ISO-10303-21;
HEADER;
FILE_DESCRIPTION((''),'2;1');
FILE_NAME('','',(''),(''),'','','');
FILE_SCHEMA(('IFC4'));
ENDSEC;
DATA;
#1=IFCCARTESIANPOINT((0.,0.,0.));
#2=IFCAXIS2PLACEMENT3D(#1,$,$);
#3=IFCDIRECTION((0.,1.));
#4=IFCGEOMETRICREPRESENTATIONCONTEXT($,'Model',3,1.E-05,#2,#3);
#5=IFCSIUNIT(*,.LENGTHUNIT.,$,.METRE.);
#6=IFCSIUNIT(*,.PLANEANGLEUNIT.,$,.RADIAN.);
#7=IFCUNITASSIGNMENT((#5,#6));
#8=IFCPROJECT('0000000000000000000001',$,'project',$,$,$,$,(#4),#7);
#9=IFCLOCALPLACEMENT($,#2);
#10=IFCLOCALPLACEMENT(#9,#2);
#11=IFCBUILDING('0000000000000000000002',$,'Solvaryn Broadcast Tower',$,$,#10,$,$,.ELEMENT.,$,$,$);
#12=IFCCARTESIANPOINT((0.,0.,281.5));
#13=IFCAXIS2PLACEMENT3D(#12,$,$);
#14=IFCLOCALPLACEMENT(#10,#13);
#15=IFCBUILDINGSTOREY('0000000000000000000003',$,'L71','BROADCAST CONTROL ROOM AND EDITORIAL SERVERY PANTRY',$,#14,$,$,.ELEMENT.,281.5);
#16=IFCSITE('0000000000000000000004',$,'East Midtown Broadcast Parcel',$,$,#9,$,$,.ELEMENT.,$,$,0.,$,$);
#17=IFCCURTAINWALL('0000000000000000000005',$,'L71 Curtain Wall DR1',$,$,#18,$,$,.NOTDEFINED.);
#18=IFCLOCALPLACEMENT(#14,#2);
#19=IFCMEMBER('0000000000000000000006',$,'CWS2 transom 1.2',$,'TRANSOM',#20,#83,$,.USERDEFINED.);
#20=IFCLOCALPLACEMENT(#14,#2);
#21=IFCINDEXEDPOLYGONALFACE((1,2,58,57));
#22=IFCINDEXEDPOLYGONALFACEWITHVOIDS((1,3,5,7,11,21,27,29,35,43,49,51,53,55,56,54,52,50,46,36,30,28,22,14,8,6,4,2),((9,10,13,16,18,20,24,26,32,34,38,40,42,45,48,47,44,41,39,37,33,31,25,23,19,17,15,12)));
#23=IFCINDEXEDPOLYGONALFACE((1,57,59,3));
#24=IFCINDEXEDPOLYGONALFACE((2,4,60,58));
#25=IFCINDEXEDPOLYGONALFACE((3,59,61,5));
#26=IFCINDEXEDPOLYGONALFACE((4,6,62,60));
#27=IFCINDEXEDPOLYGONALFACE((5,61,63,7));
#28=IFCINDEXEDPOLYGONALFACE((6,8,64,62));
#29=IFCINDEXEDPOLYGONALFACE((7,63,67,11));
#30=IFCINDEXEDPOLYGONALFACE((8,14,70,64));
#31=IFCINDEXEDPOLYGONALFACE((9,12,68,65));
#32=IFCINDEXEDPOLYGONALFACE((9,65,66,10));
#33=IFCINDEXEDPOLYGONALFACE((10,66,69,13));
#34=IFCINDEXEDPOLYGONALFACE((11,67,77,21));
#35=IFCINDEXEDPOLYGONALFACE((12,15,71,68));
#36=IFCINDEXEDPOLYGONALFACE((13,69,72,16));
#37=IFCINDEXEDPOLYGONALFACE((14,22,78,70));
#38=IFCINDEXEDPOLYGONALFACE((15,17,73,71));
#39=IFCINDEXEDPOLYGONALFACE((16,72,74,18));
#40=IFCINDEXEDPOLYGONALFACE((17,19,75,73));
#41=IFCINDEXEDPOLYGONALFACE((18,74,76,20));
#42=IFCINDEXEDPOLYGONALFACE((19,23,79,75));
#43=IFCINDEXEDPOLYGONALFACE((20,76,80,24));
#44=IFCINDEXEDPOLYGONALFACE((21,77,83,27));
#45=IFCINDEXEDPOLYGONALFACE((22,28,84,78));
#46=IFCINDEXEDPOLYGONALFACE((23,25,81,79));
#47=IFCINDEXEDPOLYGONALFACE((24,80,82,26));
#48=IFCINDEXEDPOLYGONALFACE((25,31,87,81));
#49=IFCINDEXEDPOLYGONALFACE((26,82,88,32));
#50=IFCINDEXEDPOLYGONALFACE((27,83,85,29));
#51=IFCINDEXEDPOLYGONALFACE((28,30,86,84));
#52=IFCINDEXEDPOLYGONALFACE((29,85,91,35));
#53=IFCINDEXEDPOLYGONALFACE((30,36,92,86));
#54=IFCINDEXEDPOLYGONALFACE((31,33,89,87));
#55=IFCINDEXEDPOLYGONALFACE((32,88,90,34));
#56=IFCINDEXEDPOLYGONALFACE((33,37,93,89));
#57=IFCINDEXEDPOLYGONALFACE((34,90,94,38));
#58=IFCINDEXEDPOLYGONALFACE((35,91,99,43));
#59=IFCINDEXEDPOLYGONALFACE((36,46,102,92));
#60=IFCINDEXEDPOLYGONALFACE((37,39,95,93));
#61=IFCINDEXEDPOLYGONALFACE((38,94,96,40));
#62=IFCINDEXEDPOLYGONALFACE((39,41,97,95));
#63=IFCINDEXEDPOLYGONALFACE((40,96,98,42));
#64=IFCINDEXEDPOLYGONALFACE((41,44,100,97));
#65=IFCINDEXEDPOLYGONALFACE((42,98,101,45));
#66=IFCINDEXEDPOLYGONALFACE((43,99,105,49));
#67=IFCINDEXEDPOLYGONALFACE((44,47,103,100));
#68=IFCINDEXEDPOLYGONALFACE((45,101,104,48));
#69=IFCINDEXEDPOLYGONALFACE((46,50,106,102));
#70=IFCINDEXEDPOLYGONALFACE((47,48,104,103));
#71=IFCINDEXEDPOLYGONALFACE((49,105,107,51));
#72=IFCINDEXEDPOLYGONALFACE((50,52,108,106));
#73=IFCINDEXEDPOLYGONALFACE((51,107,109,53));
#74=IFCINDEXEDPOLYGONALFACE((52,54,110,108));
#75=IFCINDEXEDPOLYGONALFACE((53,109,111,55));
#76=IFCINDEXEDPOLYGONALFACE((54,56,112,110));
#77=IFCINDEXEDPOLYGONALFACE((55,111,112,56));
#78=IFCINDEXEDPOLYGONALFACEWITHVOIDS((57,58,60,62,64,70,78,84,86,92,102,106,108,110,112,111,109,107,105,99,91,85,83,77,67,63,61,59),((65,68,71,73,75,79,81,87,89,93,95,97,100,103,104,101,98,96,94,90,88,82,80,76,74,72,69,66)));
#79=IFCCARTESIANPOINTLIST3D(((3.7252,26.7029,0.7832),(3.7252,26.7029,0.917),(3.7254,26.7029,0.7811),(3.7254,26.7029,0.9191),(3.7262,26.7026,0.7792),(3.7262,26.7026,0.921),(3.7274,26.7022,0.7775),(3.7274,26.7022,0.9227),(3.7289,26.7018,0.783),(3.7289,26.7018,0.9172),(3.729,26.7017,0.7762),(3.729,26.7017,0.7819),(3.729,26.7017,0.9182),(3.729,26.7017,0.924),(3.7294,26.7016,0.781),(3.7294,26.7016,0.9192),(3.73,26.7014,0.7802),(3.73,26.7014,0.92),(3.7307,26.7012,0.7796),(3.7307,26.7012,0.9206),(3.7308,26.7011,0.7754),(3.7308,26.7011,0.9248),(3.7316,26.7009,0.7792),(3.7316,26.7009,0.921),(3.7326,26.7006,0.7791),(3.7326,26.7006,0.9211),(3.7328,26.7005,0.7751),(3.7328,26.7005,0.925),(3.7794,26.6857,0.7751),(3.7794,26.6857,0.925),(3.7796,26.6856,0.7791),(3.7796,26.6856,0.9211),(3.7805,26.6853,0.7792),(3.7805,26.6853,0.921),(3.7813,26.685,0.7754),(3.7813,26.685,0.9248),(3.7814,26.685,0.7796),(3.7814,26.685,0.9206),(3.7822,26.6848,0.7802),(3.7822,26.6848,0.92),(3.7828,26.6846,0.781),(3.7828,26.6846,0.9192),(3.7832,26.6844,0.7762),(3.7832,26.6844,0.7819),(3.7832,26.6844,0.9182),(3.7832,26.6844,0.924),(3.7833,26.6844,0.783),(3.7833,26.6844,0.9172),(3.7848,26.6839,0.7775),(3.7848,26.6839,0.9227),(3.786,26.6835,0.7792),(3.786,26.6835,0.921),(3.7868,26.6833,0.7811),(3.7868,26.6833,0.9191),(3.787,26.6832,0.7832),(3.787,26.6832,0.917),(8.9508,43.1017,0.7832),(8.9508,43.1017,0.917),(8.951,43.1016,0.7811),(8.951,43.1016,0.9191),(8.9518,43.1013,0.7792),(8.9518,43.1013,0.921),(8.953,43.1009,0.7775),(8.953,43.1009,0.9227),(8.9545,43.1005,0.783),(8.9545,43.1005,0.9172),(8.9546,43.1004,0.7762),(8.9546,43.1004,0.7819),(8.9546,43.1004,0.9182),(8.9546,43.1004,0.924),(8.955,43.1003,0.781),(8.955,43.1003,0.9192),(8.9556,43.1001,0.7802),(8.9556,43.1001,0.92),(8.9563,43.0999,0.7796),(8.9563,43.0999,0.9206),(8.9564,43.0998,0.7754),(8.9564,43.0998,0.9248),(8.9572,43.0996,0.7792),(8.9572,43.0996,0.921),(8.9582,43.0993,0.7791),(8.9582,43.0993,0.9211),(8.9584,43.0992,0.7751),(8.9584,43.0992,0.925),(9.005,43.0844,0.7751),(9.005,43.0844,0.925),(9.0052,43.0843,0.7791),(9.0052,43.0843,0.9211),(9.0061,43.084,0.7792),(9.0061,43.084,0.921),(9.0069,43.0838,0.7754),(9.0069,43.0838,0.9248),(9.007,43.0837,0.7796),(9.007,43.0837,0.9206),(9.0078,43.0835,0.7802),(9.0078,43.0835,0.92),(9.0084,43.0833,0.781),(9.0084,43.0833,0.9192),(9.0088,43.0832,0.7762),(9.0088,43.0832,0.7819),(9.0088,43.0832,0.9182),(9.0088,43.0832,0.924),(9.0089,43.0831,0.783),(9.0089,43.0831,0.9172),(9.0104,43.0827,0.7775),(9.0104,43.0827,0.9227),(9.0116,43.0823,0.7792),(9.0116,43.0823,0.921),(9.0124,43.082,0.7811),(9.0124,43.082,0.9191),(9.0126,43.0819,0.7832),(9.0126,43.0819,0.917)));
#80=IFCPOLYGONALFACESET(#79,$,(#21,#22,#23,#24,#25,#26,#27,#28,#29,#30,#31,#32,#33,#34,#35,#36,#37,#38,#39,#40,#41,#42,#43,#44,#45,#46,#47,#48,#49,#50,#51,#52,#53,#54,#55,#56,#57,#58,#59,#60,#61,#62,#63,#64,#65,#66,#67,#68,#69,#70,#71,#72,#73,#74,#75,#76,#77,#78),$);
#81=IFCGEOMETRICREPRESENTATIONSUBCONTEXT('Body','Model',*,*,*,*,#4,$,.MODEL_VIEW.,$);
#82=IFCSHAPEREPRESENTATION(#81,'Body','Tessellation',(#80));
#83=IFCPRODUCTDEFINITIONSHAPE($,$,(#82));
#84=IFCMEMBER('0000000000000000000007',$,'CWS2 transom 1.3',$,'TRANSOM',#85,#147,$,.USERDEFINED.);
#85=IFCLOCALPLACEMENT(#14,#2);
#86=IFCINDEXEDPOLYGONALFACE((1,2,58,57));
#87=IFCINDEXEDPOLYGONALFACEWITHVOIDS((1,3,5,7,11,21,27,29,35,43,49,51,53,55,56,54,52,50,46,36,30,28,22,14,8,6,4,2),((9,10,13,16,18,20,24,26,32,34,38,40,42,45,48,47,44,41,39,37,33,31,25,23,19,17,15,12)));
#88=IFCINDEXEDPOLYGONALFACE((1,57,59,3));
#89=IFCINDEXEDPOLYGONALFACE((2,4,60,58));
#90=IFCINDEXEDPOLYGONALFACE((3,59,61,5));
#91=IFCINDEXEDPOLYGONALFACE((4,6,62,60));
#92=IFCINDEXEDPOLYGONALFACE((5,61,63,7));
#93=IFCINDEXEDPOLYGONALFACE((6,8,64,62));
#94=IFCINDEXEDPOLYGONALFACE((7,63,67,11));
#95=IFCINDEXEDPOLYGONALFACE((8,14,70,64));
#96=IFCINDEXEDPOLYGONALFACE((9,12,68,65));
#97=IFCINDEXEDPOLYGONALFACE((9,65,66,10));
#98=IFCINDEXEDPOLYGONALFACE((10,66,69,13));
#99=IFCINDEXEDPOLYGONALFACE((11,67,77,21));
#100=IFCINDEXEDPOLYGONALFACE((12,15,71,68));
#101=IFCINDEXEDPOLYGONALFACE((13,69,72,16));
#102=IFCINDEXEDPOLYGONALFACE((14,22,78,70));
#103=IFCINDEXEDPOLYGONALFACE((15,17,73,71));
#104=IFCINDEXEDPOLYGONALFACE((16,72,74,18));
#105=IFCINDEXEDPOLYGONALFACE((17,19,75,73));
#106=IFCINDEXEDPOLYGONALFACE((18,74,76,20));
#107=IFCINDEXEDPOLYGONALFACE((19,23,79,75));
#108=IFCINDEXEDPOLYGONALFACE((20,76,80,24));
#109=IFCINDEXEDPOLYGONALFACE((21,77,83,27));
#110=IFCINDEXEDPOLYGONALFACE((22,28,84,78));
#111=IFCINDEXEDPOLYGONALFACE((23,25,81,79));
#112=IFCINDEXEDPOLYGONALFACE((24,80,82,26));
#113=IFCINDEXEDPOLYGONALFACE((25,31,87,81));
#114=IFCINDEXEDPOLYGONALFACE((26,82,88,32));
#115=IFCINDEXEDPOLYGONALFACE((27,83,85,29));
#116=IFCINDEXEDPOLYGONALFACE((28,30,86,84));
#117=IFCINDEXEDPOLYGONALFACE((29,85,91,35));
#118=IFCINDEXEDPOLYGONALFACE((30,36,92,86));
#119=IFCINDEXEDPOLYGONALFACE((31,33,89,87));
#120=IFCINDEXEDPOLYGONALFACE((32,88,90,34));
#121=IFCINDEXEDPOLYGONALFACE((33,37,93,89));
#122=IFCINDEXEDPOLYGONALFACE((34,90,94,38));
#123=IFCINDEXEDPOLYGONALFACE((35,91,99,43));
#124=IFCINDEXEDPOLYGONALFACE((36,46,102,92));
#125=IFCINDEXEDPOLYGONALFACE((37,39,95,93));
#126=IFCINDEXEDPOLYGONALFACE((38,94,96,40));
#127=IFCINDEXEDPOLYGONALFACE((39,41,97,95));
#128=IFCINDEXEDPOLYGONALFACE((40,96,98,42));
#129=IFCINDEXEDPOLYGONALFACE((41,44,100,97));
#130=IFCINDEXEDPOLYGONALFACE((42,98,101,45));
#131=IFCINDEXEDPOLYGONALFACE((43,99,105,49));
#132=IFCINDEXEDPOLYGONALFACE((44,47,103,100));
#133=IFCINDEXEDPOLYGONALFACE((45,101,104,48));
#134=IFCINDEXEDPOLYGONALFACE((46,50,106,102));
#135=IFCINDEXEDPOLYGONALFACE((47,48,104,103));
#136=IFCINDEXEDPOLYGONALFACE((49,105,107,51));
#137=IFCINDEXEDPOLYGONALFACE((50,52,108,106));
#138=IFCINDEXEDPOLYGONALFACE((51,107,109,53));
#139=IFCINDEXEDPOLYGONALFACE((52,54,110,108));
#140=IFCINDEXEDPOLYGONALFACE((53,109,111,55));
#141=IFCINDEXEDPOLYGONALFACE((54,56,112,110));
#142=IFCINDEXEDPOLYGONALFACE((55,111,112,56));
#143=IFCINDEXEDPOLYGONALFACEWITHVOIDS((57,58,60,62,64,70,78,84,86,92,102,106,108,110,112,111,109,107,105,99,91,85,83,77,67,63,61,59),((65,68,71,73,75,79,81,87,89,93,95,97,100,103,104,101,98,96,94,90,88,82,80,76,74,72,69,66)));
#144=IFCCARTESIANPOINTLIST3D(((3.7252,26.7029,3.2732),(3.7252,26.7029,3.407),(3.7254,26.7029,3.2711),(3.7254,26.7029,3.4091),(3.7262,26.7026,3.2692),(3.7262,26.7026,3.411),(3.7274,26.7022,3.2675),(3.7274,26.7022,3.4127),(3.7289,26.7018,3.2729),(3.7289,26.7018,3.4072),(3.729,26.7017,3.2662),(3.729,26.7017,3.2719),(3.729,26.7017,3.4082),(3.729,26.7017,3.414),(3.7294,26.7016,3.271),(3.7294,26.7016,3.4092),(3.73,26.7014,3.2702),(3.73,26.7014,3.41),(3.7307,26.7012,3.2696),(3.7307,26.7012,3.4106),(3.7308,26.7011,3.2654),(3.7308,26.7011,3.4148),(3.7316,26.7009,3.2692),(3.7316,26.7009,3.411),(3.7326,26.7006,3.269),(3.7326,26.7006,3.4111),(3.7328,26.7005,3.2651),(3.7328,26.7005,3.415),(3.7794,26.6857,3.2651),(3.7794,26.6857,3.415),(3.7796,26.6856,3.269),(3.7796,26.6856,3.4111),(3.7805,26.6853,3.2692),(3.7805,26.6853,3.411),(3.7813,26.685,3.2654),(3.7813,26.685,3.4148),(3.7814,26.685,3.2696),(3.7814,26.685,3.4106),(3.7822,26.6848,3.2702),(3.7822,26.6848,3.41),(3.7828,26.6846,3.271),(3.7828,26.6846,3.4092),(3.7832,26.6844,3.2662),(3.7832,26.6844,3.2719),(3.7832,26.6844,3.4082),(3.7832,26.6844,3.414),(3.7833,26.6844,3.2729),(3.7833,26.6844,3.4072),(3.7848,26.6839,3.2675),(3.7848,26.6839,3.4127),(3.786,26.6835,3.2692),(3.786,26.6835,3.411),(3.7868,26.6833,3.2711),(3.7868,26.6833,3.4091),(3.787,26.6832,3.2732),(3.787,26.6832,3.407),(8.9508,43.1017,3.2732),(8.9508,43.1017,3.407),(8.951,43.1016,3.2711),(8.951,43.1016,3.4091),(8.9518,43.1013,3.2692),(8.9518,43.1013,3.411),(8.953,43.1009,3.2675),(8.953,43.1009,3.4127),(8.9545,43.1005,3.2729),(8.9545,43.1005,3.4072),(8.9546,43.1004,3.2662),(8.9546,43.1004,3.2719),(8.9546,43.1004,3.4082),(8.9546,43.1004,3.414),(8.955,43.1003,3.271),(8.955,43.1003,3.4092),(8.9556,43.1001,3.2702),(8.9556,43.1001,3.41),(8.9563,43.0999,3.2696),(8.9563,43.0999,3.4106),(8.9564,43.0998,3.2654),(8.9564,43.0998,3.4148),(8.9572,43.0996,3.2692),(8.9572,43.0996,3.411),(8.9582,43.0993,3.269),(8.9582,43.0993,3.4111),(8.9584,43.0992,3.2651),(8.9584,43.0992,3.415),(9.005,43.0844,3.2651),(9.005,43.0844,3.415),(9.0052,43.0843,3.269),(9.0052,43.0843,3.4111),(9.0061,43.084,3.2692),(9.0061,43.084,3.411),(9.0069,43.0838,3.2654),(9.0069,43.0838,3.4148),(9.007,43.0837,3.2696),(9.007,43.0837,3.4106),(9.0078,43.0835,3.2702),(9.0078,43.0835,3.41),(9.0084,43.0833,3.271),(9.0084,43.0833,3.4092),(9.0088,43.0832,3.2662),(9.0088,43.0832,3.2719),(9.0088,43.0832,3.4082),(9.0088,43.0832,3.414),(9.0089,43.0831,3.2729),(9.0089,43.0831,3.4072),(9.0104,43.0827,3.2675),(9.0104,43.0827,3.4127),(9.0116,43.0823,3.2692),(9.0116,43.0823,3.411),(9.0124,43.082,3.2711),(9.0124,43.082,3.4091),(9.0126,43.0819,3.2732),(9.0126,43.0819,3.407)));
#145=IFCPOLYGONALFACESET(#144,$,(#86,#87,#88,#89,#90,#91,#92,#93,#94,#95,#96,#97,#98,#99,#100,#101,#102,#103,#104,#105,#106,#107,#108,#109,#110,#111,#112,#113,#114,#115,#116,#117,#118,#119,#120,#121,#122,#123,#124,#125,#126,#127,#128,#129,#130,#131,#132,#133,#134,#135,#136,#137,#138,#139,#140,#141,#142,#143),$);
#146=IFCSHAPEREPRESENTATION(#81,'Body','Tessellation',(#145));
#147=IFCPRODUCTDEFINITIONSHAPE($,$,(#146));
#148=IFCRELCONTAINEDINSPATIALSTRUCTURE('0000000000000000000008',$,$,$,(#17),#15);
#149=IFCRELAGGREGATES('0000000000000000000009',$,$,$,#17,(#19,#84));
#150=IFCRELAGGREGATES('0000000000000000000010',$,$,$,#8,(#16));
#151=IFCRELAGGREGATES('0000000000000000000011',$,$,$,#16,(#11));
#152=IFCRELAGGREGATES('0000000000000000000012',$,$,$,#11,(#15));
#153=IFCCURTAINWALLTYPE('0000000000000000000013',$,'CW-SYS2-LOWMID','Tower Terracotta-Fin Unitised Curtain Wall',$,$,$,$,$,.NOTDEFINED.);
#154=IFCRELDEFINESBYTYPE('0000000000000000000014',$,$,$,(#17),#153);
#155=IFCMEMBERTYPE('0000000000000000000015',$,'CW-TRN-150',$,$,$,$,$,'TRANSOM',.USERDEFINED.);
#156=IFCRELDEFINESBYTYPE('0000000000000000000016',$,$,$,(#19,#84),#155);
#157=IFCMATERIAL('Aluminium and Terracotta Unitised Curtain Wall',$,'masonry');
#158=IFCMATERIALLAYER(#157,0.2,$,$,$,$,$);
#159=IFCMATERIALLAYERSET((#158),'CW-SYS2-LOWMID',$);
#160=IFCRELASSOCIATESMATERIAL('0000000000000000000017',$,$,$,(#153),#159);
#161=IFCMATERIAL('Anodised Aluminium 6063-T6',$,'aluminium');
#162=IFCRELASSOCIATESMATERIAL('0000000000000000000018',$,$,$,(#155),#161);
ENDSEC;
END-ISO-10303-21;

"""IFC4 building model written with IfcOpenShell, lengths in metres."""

from ifc_helpers import new_model, si_unit, direction, frame, origin, origin_2d, place, context, subcontext, project, spatial, hollow_rectangle, extrude, material, layer, layer_set, material_profile, profile_set, type_object, element, aggregate, save


model = new_model("IFC4")

# Units and contexts
model_context = context("Model", 3, precision=1e-05, world=origin(), true_north=direction((0.0, 1.0)))
body_context = subcontext(model_context, "Body", "Model", "MODEL_VIEW")
ifc_project = project(units=[si_unit("LENGTHUNIT", "METRE"), si_unit("PLANEANGLEUNIT", "RADIAN")], contexts=[model_context])

# Site, building, storey
site_placement = place(None, origin())
site = spatial("IfcSite", under=ifc_project, at=site_placement, Name="East Midtown Broadcast Parcel", CompositionType="ELEMENT", RefElevation=0.0)
building_placement = place(site_placement, origin())
building = spatial("IfcBuilding", under=site, at=building_placement, Name="Solvaryn Broadcast Tower", CompositionType="ELEMENT")
storey_placement = place(building_placement, frame((0.0, 0.0, 281.5)))
storey = spatial("IfcBuildingStorey", under=building, at=storey_placement, Name="L71", Description="BROADCAST CONTROL ROOM AND EDITORIAL SERVERY PANTRY", CompositionType="ELEMENT", Elevation=281.5)

# Curtain wall
ifc_material_1 = material(Name="Aluminium and Terracotta Unitised Curtain Wall", Category="masonry")
ifc_layer_1 = layer(ifc_material_1, 0.2)
ifc_layer_set_1 = layer_set([ifc_layer_1], Name="CW-SYS2-LOWMID")
curtain_wall_type = type_object("IfcCurtainWallType", Name="CW-SYS2-LOWMID", Description="Tower Terracotta-Fin Unitised Curtain Wall", PredefinedType="NOTDEFINED", material=ifc_layer_set_1)
curtain_wall_1_placement = place(storey_placement, origin())
curtain_wall_1 = element("IfcCurtainWall", 1, at=curtain_wall_1_placement, inside=storey, type_object=curtain_wall_type, Name="L71 Curtain Wall DR1", PredefinedType="NOTDEFINED")

# Members
ifc_material_2 = material(Name="Anodised Aluminium 6063-T6", Category="aluminium")
ifc_material_profile_1 = material_profile(ifc_material_2, hollow_rectangle(XDim=0.0649, YDim=0.1499, WallThickness=0.0039, InnerFilletRadius=0.0039, OuterFilletRadius=0.0081, at=origin_2d()))
ifc_profile_set_1 = profile_set([ifc_material_profile_1], Name="Anodised Aluminium 6063-T6")
member_type_1 = type_object("IfcMemberType", Name="CW-TRN-150", ElementType="TRANSOM", PredefinedType="USERDEFINED", material=ifc_profile_set_1)
member_1_placement = place(storey_placement, frame((8.9817, 43.0918, 0.8501), z_axis=(-0.303616, -0.952794, 0.0), x_axis=(0.952794, -0.303616, 0.0)))
member_1 = element("IfcMember", 2, at=member_1_placement, type_object=member_type_1, Name="CWS2 transom 1.2", ObjectType="TRANSOM", PredefinedType="USERDEFINED", context=body_context, shape_type="SweptSolid", body=[
    extrude(hollow_rectangle(XDim=0.0649, YDim=0.1499, WallThickness=0.0039, InnerFilletRadius=0.0039, OuterFilletRadius=0.0081, at=origin_2d()), origin(), (0.0, 0.0, 1.0), 17.2112),
])
member_2_placement = place(storey_placement, frame((8.9817, 43.0918, 3.3401), z_axis=(-0.303616, -0.952794, 0.0), x_axis=(0.952794, -0.303616, 0.0)))
member_2 = element("IfcMember", 3, at=member_2_placement, type_object=member_type_1, Name="CWS2 transom 1.3", ObjectType="TRANSOM", PredefinedType="USERDEFINED", context=body_context, shape_type="SweptSolid", body=[
    extrude(hollow_rectangle(XDim=0.0649, YDim=0.1499, WallThickness=0.0039, InnerFilletRadius=0.0039, OuterFilletRadius=0.0081, at=origin_2d()), origin(), (0.0, 0.0, 1.0), 17.2112),
])
aggregate(curtain_wall_1, [member_1, member_2])

save(model, "model.ifc")
